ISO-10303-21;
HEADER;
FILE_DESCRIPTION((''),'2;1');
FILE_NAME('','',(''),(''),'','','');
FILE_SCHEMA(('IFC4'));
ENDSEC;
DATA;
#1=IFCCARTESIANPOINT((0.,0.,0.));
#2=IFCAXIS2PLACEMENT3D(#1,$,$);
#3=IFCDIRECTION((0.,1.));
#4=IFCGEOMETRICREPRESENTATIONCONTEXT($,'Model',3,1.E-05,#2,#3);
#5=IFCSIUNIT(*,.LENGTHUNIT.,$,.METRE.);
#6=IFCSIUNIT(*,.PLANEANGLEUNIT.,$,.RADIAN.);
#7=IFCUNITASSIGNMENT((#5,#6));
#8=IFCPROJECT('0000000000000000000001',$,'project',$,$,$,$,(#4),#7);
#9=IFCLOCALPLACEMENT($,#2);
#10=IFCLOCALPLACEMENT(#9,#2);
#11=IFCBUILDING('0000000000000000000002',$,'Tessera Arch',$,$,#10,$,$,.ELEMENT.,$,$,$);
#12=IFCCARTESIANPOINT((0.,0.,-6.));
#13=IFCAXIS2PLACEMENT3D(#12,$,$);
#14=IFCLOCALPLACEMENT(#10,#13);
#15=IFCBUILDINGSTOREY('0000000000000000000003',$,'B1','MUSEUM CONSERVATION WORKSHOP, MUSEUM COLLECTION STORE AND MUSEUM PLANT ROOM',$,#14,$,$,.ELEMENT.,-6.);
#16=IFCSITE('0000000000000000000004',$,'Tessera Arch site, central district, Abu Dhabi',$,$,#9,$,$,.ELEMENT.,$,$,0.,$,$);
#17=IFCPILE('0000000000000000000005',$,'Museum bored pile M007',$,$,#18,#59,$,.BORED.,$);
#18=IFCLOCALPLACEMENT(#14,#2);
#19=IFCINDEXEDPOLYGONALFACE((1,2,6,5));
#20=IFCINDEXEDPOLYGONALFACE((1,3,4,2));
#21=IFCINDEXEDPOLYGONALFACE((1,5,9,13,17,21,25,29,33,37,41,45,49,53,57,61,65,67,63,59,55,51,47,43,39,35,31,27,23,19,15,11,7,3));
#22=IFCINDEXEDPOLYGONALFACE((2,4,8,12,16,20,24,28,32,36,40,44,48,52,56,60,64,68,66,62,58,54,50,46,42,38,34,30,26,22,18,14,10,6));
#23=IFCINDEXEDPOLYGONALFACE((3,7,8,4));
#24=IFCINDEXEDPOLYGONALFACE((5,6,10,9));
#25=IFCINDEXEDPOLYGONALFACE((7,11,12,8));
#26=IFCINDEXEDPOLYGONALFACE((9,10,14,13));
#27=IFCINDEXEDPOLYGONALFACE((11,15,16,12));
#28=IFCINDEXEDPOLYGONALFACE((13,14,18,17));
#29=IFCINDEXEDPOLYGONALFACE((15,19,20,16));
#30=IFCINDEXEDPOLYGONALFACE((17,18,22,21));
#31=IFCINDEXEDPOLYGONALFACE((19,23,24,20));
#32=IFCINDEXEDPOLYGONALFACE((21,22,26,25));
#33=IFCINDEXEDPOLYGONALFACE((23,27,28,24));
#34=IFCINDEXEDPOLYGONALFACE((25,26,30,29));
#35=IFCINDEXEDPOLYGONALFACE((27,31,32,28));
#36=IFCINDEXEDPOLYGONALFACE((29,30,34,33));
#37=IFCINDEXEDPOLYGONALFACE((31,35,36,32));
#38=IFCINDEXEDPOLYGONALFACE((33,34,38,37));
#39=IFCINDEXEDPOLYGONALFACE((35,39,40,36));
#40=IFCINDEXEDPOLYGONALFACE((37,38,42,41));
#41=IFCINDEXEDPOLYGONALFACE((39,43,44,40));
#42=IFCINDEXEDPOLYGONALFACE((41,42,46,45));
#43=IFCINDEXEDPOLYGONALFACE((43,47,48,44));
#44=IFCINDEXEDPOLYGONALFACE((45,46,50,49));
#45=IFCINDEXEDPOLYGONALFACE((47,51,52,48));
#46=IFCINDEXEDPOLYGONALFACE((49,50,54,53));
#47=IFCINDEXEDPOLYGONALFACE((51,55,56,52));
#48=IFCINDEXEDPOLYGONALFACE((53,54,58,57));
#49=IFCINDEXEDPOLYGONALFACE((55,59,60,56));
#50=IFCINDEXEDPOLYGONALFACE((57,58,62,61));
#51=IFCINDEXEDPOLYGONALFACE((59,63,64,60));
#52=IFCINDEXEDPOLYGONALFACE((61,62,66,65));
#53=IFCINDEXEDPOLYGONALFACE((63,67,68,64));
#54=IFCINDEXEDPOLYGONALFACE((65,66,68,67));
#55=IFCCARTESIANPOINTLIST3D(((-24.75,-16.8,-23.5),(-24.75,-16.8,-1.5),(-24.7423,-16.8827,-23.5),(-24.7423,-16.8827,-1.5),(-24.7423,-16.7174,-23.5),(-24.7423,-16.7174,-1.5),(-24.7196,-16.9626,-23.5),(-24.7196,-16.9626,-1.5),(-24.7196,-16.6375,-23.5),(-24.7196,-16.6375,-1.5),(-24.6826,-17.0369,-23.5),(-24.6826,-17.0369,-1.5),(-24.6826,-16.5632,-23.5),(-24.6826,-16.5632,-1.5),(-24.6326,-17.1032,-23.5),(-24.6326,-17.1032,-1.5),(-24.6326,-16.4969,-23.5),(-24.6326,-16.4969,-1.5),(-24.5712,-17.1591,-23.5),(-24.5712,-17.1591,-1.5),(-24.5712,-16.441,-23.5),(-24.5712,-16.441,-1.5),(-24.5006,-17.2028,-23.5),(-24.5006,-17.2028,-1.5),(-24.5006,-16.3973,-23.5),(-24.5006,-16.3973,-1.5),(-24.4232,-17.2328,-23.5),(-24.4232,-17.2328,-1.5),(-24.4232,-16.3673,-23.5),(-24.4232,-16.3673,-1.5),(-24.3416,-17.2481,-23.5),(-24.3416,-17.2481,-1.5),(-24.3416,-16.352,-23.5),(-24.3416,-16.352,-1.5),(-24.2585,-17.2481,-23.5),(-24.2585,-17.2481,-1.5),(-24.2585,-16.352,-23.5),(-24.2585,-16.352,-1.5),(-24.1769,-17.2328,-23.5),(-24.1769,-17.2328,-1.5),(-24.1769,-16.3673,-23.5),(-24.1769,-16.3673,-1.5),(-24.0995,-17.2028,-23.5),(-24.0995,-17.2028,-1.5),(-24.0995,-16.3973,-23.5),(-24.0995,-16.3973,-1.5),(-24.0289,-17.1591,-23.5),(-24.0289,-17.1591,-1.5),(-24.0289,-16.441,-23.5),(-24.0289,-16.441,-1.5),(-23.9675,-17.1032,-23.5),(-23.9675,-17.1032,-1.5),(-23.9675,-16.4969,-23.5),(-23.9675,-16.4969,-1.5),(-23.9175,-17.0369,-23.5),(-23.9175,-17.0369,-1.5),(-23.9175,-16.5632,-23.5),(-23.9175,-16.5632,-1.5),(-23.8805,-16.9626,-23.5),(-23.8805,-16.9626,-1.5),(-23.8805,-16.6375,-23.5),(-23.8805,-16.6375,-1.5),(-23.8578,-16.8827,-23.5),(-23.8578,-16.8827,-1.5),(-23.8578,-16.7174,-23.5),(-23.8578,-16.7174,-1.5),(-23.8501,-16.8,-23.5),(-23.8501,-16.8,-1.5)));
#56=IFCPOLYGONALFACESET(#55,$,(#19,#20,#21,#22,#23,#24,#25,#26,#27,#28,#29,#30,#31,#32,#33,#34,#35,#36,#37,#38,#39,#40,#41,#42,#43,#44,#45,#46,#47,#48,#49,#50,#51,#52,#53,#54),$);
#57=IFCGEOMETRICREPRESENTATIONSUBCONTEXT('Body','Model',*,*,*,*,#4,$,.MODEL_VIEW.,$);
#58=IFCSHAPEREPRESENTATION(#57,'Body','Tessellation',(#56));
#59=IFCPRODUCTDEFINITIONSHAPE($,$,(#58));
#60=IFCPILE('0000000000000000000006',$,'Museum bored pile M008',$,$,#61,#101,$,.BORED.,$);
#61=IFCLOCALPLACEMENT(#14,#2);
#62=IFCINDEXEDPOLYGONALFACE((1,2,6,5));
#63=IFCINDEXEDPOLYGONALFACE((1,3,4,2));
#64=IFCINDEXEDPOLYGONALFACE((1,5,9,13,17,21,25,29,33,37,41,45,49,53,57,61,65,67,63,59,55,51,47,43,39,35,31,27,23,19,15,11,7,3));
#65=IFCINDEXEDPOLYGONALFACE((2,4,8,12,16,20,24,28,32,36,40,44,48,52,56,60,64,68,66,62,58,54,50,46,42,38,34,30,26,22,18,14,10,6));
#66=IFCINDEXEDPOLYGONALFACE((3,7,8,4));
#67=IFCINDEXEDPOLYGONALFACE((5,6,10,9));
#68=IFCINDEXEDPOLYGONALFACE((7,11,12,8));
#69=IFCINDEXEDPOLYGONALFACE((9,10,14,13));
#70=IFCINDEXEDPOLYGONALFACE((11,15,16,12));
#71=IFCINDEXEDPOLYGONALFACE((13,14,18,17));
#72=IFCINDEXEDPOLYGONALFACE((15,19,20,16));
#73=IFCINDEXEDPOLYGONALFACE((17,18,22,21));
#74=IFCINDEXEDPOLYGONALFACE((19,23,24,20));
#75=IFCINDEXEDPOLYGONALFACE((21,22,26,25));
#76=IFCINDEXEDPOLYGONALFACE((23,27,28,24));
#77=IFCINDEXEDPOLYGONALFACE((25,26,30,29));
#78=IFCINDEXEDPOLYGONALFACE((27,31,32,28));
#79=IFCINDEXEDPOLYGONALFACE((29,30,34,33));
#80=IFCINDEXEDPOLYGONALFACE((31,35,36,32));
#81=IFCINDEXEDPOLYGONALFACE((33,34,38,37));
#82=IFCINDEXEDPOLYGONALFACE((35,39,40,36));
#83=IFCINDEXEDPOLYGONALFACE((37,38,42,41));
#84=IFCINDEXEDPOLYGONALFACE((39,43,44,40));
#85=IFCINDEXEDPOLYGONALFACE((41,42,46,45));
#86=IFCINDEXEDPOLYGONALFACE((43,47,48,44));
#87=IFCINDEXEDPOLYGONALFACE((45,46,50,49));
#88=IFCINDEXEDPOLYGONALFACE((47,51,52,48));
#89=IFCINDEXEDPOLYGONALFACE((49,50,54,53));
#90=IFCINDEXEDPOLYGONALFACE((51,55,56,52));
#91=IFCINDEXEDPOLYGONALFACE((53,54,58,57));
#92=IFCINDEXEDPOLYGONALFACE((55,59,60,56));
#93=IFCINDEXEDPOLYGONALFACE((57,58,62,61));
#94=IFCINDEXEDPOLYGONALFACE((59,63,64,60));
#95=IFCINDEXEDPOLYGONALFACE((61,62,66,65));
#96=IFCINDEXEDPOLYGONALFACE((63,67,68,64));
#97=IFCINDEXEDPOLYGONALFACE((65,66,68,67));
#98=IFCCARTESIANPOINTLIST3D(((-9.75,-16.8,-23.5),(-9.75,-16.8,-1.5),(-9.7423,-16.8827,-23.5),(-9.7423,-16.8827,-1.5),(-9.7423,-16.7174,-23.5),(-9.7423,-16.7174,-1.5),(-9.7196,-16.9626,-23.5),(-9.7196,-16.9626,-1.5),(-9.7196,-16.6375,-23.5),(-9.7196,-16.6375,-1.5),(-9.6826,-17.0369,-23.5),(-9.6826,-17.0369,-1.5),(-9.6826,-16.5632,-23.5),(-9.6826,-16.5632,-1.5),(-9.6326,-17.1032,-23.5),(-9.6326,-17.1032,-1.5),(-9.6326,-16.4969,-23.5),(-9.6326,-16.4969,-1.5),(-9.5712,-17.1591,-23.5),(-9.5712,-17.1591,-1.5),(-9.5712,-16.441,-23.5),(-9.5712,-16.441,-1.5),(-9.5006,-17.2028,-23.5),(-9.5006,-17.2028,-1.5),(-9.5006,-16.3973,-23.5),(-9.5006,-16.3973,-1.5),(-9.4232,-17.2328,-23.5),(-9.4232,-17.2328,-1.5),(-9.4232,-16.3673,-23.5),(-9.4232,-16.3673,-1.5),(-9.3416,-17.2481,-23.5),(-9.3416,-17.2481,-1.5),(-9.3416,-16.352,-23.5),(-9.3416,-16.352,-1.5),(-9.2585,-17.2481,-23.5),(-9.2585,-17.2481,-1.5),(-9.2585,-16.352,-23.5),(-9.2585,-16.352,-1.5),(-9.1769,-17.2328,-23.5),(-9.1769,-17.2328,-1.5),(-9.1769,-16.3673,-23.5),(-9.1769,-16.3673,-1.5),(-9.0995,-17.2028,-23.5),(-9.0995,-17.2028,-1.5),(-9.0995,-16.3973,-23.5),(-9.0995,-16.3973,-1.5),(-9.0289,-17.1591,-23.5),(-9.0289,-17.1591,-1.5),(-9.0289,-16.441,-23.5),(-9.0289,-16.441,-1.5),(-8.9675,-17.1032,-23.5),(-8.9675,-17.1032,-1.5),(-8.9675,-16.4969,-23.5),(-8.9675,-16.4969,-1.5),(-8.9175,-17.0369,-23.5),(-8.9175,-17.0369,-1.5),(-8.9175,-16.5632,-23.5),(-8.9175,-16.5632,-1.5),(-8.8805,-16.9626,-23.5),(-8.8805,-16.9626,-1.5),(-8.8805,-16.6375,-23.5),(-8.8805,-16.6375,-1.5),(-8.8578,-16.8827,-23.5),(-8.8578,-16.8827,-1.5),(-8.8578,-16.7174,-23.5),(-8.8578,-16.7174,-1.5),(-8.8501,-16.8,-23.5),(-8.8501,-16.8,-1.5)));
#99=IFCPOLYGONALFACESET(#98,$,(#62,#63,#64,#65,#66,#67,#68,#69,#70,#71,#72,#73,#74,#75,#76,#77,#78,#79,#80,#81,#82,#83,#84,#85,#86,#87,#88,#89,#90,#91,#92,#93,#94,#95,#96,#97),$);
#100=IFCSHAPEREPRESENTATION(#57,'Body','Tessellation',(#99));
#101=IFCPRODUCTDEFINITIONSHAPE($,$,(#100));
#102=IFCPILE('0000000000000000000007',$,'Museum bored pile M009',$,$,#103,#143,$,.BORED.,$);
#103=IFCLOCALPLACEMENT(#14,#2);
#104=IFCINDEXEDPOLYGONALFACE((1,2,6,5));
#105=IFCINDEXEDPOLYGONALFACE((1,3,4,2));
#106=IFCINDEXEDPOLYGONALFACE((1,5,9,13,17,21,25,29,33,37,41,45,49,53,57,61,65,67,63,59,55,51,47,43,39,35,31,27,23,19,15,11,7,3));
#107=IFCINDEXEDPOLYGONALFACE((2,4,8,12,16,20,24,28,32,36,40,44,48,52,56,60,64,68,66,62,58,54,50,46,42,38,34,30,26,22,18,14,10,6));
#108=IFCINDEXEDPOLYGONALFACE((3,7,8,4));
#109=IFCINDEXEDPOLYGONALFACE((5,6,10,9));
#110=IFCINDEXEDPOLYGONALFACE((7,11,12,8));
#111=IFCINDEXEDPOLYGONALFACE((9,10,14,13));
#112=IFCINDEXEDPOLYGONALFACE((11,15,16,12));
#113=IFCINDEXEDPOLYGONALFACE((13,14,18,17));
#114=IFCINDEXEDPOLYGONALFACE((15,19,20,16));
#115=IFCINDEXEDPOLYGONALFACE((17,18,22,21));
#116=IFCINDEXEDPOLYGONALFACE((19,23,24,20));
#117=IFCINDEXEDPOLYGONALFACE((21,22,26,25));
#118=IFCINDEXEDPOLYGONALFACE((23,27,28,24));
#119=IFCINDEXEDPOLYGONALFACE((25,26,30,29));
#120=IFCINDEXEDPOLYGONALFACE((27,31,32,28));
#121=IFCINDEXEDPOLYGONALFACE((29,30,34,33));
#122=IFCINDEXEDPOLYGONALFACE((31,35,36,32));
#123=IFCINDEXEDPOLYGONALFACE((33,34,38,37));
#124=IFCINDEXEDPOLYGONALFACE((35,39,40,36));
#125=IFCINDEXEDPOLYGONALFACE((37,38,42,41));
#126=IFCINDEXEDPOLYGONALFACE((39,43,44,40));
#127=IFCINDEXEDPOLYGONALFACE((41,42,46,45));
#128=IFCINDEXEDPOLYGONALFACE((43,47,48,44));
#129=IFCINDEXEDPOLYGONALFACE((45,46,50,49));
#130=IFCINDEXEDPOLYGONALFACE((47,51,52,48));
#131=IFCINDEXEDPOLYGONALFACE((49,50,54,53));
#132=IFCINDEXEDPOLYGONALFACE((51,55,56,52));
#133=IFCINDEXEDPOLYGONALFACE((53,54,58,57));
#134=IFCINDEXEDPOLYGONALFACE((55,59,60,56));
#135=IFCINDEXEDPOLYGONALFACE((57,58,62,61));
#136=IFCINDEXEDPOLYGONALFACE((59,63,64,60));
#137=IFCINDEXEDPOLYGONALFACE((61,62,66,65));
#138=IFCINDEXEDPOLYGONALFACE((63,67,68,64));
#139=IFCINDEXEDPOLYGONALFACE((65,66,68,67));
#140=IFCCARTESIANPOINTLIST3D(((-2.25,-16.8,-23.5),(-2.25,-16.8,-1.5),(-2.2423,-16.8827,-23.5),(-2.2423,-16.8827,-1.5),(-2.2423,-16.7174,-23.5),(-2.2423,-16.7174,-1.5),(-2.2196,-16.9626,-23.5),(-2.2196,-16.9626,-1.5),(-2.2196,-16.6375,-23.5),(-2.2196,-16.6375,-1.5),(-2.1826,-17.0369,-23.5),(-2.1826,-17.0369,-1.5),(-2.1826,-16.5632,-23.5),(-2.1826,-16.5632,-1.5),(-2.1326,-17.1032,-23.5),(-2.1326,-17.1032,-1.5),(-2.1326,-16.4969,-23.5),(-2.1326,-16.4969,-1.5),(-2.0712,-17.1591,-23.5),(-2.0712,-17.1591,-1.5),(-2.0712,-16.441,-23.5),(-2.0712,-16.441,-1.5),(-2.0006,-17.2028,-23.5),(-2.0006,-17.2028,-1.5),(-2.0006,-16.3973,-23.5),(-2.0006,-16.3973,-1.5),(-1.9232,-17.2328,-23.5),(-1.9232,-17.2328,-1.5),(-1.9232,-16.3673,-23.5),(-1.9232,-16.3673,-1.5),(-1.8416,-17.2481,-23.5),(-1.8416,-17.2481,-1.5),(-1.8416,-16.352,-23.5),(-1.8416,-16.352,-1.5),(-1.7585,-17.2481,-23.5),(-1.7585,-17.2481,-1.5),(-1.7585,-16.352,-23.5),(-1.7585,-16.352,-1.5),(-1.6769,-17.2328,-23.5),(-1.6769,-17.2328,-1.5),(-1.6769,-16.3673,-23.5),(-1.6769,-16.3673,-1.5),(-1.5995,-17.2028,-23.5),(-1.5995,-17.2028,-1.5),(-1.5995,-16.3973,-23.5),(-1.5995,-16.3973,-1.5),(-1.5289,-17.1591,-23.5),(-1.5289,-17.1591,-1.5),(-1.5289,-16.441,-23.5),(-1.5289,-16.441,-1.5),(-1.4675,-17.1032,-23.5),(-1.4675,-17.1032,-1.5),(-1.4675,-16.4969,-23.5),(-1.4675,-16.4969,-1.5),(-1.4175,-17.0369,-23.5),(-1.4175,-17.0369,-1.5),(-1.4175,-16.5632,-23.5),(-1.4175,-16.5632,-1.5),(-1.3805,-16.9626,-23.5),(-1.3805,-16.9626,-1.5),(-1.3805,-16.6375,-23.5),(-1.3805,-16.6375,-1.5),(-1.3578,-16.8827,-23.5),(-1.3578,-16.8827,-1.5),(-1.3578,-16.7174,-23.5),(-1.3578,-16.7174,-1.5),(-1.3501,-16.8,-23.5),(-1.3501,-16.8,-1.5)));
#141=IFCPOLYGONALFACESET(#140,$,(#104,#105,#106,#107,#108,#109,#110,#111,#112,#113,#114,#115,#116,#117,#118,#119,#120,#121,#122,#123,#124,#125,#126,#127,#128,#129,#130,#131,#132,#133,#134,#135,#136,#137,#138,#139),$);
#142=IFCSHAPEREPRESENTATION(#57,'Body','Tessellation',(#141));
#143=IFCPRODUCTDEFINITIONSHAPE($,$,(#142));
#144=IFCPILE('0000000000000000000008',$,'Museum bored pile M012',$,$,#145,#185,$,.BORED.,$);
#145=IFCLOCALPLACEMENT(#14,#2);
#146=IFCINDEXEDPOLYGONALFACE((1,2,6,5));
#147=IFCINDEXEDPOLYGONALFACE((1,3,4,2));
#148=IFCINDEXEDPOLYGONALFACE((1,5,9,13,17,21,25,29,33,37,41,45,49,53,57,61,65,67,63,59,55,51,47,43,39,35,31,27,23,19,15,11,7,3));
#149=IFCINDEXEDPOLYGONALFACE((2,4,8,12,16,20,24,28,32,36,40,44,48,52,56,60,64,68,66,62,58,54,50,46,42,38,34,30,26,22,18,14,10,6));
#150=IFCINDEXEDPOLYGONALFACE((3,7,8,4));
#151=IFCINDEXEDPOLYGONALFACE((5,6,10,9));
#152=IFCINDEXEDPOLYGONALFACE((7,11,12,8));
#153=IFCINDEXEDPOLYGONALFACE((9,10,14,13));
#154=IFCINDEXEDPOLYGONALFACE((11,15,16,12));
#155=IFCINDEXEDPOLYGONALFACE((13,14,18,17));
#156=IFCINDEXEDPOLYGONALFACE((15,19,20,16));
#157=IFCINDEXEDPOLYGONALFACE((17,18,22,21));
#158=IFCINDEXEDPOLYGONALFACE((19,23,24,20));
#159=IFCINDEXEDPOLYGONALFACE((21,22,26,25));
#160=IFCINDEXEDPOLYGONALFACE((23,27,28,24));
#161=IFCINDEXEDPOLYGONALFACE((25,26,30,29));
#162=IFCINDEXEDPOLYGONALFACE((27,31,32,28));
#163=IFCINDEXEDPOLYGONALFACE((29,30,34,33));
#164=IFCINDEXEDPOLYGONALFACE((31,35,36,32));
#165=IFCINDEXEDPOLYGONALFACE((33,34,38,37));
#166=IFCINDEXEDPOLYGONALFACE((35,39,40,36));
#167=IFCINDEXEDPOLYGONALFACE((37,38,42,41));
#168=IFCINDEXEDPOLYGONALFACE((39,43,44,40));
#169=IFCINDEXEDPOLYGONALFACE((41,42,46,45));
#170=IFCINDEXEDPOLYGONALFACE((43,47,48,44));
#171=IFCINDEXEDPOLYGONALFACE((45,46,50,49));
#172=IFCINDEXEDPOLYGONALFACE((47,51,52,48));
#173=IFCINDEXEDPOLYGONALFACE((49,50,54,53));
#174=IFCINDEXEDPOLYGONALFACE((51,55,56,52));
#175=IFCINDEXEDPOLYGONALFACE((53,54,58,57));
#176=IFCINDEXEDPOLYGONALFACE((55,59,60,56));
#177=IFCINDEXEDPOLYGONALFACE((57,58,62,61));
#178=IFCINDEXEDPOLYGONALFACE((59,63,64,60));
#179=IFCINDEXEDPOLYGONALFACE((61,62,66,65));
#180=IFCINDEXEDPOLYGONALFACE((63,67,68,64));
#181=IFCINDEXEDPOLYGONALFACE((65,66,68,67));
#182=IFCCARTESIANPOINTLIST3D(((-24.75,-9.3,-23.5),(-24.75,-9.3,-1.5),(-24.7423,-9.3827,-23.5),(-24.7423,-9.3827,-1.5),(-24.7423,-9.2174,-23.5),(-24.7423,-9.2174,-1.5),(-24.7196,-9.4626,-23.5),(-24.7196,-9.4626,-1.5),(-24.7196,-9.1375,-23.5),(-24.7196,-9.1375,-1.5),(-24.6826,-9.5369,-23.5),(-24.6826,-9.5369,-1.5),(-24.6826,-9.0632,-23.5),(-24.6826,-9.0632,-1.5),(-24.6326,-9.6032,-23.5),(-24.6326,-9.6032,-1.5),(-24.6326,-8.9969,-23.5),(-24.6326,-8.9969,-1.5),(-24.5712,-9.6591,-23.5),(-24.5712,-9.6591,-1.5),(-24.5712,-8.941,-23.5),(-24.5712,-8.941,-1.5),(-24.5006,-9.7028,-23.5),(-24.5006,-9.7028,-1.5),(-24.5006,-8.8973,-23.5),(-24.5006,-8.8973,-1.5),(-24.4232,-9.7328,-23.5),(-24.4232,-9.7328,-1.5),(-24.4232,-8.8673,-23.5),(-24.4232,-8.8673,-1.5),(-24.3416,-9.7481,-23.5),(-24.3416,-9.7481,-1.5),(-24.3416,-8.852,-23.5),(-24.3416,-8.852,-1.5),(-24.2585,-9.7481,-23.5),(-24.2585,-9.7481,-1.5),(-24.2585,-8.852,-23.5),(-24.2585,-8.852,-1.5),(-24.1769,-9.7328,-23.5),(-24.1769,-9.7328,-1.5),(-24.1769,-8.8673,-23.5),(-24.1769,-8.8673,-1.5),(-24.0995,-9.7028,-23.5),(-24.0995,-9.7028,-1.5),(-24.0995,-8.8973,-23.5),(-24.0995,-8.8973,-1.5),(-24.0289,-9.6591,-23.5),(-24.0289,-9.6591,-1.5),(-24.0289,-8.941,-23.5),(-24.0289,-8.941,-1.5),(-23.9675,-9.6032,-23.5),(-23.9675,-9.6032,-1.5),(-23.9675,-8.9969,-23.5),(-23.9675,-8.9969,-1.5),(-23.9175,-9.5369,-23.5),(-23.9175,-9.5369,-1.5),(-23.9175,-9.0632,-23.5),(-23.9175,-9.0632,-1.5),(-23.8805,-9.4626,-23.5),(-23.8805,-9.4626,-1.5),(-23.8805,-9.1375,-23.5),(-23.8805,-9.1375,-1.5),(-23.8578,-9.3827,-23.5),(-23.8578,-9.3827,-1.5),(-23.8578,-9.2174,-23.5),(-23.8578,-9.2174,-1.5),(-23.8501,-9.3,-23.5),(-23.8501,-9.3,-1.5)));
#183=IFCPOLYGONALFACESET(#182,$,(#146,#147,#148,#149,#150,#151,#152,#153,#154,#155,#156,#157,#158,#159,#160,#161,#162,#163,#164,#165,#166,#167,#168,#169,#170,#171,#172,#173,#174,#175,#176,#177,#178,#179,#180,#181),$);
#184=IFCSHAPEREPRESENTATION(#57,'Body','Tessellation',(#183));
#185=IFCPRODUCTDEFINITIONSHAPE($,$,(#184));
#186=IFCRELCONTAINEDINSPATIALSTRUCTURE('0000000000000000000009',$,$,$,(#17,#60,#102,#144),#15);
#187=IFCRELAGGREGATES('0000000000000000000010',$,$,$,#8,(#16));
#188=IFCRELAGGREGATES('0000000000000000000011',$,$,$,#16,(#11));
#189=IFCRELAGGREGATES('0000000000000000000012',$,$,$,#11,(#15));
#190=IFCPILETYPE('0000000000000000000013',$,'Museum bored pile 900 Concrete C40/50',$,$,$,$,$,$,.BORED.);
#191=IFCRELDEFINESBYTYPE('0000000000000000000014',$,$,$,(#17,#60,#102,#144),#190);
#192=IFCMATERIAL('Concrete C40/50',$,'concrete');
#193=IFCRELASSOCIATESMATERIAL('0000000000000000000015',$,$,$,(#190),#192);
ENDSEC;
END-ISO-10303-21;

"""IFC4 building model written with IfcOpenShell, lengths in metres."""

from ifc_helpers import new_model, si_unit, direction, frame, origin, origin_2d, place, context, subcontext, project, spatial, circle, extrude, material, type_object, element, save


model = new_model("IFC4")

# Units and contexts
model_context = context("Model", 3, precision=1e-05, world=origin(), true_north=direction((0.0, 1.0)))
body_context = subcontext(model_context, "Body", "Model", "MODEL_VIEW")
ifc_project = project(units=[si_unit("LENGTHUNIT", "METRE"), si_unit("PLANEANGLEUNIT", "RADIAN")], contexts=[model_context])

# Site, building, storey
site_placement = place(None, origin())
site = spatial("IfcSite", under=ifc_project, at=site_placement, Name="Tessera Arch site, central district, Abu Dhabi", CompositionType="ELEMENT", RefElevation=0.0)
building_placement = place(site_placement, origin())
building = spatial("IfcBuilding", under=site, at=building_placement, Name="Tessera Arch", CompositionType="ELEMENT")
storey_placement = place(building_placement, frame((0.0, 0.0, -6.0)))
storey = spatial("IfcBuildingStorey", under=building, at=storey_placement, Name="B1", Description="MUSEUM CONSERVATION WORKSHOP, MUSEUM COLLECTION STORE AND MUSEUM PLANT ROOM", CompositionType="ELEMENT", Elevation=-6.0)

# Piles
ifc_material_1 = material(Name="Concrete C40/50", Category="concrete")
pile_type = type_object("IfcPileType", Name="Museum bored pile 900 Concrete C40/50", PredefinedType="BORED", material=ifc_material_1)
for number, where, z_axis, x_axis, name in (
    (1, (-24.3, -16.8, -1.5), (0.0, 0.0, -1.0), (1.0, 0.0, 0.0), "Museum bored pile M007"),
    (2, (-9.3, -16.8, -1.5), (0.0, 0.0, -1.0), (1.0, 0.0, 0.0), "Museum bored pile M008"),
    (3, (-1.8, -16.8, -1.5), (0.0, 0.0, -1.0), (1.0, 0.0, 0.0), "Museum bored pile M009"),
    (4, (-24.3, -9.3, -1.5), (0.0, 0.0, -1.0), (1.0, 0.0, 0.0), "Museum bored pile M012"),
):
    element("IfcPile", number, at=place(storey_placement, frame(where, z_axis=z_axis, x_axis=x_axis)), inside=storey, type_object=pile_type, Name=name, PredefinedType="BORED", context=body_context, shape_type="SweptSolid", body=[
        extrude(circle(Radius=0.45, at=origin_2d()), origin(), (0.0, 0.0, 1.0), 22.0),
    ])

save(model, "model.ifc")
